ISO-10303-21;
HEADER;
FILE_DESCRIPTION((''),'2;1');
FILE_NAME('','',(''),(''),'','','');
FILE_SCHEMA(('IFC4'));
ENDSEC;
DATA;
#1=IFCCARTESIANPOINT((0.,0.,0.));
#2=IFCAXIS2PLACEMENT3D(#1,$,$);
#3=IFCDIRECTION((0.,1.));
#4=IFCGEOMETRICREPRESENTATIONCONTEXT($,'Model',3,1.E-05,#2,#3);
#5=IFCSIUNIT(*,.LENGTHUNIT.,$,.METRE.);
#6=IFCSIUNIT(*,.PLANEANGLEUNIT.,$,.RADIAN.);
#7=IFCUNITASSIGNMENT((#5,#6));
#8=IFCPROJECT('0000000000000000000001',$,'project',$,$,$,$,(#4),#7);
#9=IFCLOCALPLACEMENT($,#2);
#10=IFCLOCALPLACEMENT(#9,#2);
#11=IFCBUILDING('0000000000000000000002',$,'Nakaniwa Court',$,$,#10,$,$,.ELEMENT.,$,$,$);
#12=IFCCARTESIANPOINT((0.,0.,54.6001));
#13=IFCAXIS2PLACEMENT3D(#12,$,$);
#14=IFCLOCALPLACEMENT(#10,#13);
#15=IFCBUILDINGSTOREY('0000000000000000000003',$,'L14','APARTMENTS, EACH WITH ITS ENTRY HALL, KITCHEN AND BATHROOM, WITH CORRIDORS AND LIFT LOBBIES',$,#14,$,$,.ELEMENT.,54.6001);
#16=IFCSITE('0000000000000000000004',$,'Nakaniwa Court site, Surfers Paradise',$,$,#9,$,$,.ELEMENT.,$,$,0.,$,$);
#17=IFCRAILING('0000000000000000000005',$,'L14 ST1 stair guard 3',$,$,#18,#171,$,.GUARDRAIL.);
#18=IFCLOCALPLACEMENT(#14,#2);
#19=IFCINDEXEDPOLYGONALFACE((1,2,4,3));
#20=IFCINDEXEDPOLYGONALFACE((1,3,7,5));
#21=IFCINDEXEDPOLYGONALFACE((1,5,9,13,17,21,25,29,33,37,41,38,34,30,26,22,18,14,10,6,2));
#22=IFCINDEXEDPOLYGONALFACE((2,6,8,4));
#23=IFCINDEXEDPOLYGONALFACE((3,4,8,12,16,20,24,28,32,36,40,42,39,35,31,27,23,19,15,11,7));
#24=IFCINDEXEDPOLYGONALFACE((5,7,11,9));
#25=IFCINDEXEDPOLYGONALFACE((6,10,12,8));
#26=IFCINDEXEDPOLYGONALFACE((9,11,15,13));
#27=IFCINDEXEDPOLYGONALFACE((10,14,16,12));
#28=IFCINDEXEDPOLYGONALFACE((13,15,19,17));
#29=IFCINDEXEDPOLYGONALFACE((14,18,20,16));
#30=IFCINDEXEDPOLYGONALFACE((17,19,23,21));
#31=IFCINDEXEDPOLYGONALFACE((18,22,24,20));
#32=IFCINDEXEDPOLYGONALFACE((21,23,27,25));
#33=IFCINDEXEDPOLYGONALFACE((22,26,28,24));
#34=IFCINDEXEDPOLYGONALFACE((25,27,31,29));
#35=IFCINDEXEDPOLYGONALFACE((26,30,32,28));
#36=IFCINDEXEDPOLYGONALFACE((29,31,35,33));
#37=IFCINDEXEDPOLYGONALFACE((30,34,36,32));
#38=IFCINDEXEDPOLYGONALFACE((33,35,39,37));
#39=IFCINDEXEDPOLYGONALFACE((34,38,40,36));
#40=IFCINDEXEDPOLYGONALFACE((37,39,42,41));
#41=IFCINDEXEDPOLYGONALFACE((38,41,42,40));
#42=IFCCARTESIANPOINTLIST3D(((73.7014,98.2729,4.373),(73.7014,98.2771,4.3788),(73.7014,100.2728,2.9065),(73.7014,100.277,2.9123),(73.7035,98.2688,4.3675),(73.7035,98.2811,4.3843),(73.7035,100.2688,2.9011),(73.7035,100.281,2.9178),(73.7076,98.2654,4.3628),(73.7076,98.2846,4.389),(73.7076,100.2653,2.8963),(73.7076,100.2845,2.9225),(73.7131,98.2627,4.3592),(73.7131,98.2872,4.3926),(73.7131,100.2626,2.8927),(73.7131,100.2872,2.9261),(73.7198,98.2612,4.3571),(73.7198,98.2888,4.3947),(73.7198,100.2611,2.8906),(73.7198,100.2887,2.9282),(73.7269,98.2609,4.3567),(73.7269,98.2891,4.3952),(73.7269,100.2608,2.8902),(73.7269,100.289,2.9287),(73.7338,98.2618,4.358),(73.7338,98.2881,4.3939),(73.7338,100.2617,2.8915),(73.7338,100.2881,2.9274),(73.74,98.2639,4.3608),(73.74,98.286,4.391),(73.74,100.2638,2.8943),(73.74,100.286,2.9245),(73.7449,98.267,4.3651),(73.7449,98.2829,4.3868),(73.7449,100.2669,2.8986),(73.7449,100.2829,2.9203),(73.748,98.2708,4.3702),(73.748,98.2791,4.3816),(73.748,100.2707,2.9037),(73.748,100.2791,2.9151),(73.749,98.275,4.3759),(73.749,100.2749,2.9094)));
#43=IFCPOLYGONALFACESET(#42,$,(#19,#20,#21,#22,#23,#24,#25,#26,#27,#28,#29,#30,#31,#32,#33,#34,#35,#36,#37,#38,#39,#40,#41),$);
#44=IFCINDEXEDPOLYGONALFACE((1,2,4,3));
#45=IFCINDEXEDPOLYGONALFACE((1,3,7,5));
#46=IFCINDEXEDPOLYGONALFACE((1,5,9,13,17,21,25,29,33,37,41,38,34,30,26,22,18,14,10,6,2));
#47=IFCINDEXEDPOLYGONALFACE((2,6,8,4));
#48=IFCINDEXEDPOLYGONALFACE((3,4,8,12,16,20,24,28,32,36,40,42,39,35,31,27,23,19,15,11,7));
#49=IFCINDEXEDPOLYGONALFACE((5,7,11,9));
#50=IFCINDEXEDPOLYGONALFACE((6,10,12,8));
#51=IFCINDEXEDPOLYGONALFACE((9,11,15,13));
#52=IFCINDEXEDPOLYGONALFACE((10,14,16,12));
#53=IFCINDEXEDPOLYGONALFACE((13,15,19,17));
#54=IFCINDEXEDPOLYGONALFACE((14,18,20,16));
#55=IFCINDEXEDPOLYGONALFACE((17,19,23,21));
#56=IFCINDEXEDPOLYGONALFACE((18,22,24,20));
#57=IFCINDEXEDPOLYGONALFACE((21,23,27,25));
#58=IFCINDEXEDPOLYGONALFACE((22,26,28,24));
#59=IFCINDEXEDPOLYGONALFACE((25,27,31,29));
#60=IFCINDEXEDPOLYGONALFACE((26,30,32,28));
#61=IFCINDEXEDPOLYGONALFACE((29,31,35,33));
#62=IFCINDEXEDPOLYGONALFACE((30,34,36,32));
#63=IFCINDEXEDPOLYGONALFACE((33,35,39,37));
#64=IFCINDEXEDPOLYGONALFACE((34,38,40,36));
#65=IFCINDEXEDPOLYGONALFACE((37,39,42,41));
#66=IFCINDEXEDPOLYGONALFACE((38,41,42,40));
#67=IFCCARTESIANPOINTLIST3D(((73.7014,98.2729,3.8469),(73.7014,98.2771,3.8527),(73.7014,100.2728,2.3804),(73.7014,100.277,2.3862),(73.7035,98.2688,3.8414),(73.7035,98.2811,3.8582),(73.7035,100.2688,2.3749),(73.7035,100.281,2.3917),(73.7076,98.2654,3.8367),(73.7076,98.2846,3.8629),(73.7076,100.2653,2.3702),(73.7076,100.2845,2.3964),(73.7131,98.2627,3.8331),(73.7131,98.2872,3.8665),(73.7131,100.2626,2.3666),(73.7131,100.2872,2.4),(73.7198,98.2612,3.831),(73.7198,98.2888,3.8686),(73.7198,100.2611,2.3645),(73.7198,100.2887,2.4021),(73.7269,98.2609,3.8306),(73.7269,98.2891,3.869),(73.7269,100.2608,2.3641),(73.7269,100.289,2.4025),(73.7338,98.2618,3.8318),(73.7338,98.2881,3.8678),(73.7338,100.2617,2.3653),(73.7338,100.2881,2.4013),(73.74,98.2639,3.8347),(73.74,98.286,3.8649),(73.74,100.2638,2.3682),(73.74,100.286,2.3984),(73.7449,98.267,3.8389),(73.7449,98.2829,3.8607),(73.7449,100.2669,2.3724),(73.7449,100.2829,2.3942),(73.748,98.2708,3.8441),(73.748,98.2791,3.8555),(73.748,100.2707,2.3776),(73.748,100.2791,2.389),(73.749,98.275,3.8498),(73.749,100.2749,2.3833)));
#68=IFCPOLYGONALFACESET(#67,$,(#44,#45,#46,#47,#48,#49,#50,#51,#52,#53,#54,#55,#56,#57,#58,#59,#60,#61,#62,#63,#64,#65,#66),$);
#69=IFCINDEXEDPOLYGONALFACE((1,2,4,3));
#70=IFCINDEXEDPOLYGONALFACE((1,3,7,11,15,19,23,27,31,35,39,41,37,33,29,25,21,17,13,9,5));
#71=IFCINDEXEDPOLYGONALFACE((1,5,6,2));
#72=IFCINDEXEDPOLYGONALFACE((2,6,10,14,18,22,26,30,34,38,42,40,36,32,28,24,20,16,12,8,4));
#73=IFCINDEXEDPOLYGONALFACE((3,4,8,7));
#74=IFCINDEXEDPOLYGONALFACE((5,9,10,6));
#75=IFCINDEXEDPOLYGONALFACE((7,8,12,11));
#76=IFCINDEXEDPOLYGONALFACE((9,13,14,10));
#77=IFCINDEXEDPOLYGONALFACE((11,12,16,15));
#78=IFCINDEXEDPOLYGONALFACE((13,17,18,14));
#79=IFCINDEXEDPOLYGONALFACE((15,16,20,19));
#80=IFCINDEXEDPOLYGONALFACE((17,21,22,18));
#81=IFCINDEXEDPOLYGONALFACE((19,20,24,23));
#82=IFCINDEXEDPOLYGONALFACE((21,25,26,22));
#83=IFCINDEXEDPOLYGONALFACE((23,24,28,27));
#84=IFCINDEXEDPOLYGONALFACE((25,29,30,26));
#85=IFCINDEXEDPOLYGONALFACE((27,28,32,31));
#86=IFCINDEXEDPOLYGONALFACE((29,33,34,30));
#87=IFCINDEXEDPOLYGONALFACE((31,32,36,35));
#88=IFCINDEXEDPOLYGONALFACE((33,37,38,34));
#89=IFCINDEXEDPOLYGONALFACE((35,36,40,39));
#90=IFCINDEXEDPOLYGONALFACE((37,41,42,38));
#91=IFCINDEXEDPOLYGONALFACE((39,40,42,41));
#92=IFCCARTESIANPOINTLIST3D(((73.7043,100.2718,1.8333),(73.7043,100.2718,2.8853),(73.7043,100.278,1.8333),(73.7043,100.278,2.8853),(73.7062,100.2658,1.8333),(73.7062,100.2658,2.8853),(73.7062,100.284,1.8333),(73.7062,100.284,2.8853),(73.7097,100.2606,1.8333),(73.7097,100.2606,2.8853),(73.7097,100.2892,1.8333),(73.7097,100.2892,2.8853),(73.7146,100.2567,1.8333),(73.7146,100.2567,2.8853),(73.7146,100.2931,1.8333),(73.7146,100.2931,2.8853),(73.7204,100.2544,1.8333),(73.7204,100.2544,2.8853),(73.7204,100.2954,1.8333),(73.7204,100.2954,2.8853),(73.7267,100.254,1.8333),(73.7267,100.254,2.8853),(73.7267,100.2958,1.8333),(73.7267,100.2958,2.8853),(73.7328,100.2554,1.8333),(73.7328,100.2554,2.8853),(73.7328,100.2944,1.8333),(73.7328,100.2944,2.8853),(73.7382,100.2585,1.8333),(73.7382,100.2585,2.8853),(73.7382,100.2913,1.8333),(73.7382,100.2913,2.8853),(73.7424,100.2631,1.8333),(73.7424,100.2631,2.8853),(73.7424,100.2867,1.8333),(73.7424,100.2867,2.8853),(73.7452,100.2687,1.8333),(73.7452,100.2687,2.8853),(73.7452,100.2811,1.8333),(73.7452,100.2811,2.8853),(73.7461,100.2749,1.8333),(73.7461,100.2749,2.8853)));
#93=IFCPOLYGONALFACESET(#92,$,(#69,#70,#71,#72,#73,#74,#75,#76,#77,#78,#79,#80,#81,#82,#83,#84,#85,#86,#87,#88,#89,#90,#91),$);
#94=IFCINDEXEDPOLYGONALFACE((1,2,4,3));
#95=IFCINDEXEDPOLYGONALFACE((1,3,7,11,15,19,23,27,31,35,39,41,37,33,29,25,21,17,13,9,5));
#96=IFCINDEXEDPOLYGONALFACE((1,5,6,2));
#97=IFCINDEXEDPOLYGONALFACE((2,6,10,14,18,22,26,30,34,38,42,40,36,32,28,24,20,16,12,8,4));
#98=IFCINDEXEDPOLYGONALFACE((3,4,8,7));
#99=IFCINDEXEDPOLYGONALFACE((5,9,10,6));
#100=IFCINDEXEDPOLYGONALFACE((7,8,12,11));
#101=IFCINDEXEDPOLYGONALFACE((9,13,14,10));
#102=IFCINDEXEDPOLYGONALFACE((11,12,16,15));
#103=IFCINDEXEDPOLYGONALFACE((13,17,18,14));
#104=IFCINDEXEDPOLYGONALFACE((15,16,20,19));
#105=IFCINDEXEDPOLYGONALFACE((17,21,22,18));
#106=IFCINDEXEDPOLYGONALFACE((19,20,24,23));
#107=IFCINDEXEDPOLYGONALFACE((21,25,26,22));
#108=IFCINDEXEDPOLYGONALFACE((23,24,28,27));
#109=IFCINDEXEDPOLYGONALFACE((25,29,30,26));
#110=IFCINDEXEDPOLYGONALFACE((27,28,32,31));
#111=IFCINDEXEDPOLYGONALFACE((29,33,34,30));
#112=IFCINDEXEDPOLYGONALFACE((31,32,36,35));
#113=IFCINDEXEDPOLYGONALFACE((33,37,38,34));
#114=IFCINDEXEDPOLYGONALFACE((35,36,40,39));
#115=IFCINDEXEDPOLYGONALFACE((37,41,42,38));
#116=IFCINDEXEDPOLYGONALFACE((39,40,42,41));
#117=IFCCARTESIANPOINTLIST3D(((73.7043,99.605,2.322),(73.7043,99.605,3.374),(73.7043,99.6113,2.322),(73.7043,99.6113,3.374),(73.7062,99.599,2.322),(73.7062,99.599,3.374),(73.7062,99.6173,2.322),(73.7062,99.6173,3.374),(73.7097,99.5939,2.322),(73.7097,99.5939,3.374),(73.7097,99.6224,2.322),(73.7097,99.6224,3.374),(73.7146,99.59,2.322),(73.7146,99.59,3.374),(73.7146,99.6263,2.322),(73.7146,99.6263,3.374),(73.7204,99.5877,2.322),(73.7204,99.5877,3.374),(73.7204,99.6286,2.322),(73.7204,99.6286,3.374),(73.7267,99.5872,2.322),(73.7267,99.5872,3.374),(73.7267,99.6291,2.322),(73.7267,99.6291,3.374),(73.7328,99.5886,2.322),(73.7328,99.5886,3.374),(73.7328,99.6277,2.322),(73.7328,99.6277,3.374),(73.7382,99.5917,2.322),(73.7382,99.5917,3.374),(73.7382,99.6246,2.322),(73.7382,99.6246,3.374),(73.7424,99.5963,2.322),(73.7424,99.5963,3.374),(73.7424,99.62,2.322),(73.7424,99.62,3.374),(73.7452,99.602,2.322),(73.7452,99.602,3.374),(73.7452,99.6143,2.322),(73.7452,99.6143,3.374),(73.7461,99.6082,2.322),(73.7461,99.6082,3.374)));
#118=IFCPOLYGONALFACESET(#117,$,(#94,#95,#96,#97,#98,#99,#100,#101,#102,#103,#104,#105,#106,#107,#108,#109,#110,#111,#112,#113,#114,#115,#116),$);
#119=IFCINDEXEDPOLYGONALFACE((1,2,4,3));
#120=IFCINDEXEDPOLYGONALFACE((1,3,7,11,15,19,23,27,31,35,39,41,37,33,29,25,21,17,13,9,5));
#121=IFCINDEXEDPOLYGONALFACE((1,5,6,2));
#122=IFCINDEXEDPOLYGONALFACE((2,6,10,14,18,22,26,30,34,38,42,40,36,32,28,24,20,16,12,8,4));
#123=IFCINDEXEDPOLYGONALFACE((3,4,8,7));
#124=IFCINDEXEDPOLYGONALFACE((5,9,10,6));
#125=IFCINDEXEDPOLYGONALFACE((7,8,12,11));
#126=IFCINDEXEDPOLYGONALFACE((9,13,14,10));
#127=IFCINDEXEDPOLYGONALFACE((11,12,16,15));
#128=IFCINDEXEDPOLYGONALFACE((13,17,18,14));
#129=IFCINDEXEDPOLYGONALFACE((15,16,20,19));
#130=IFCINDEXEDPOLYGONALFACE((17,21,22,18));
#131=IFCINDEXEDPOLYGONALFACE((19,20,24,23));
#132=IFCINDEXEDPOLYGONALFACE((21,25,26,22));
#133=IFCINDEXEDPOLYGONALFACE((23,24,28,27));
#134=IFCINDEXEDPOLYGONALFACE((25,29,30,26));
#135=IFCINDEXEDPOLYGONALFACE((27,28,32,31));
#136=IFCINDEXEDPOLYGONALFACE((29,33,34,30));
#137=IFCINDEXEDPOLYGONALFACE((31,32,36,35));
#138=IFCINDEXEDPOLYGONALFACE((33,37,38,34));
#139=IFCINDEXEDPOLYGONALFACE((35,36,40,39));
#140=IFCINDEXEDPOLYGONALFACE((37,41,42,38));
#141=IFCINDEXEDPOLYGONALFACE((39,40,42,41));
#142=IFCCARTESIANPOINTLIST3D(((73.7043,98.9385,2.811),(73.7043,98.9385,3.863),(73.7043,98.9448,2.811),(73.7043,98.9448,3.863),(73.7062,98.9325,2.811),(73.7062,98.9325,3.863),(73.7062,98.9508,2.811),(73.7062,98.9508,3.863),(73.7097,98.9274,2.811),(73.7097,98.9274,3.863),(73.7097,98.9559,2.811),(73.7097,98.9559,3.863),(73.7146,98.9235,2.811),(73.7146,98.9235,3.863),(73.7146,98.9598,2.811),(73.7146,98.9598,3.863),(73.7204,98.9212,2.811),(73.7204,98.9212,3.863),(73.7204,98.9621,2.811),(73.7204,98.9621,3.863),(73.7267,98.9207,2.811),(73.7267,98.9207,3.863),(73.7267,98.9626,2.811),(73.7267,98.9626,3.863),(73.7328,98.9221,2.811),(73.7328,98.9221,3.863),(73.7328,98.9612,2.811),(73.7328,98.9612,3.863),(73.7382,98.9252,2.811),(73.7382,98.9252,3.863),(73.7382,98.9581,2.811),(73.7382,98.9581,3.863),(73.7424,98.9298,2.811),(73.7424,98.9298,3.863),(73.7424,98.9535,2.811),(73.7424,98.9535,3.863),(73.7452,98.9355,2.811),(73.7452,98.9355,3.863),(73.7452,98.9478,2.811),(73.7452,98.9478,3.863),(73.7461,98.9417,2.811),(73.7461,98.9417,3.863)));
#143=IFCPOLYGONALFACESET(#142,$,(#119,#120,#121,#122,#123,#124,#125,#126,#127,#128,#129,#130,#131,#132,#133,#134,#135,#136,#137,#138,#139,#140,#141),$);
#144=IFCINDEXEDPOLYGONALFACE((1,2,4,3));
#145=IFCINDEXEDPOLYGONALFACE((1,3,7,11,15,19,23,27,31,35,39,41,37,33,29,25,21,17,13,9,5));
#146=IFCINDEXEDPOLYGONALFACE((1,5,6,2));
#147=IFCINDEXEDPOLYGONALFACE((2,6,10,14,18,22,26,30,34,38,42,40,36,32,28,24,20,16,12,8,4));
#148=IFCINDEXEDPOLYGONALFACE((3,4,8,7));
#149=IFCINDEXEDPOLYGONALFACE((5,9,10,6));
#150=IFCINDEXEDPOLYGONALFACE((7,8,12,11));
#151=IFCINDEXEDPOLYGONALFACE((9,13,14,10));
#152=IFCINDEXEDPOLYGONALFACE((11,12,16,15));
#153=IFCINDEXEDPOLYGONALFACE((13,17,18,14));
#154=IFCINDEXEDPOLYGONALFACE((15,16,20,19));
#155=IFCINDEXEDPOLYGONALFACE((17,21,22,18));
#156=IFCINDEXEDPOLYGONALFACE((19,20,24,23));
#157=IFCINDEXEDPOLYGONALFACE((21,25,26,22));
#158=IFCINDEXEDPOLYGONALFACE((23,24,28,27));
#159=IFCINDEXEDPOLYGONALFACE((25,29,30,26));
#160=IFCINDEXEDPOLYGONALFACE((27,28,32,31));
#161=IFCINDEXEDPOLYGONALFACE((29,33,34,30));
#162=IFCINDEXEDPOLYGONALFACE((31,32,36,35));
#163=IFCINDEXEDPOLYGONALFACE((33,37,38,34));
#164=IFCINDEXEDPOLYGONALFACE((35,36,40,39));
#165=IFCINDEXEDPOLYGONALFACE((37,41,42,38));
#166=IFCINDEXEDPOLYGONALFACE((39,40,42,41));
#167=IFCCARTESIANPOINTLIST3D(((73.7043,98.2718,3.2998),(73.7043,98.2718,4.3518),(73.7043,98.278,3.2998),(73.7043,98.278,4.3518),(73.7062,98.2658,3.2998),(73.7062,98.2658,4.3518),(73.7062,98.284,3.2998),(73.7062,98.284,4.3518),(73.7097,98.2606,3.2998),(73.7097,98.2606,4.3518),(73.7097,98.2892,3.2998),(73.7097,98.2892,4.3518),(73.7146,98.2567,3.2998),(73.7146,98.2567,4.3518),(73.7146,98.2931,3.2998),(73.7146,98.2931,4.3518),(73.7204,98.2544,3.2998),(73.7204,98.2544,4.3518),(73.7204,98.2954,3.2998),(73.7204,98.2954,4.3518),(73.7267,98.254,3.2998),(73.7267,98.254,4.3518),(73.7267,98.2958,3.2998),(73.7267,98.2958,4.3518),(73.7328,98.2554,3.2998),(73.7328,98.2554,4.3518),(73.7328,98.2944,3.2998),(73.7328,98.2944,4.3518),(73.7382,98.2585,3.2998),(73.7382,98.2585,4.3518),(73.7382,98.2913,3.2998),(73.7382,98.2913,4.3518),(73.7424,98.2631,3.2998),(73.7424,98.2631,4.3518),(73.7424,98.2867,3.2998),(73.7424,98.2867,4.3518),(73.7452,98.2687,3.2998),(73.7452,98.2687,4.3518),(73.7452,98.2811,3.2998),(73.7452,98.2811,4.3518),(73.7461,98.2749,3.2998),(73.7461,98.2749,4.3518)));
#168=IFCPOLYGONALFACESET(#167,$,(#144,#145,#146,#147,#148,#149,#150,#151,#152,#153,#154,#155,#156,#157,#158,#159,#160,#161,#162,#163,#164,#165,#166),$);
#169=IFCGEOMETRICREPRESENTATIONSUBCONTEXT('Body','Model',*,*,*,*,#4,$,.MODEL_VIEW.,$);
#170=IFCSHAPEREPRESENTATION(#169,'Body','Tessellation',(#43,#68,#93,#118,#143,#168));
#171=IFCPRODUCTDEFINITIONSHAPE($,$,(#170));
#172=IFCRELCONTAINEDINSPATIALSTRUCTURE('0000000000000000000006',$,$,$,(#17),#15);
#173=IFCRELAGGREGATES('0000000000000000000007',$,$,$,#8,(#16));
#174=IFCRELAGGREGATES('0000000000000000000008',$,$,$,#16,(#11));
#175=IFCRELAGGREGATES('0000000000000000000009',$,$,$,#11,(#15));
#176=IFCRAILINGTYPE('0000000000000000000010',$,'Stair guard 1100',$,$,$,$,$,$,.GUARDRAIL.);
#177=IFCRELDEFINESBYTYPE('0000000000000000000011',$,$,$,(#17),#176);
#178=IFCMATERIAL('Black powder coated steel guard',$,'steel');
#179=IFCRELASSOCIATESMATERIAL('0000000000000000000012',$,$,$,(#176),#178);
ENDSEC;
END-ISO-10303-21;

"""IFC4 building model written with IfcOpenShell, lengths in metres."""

from ifc_helpers import new_model, si_unit, direction, frame, origin, origin_2d, place, context, subcontext, project, spatial, circle, extrude, material, type_object, element, save


model = new_model("IFC4")

# Units and contexts
model_context = context("Model", 3, precision=1e-05, world=origin(), true_north=direction((0.0, 1.0)))
body_context = subcontext(model_context, "Body", "Model", "MODEL_VIEW")
ifc_project = project(units=[si_unit("LENGTHUNIT", "METRE"), si_unit("PLANEANGLEUNIT", "RADIAN")], contexts=[model_context])

# Site, building, storey
site_placement = place(None, origin())
site = spatial("IfcSite", under=ifc_project, at=site_placement, Name="Nakaniwa Court site, Surfers Paradise", CompositionType="ELEMENT", RefElevation=0.0)
building_placement = place(site_placement, origin())
building = spatial("IfcBuilding", under=site, at=building_placement, Name="Nakaniwa Court", CompositionType="ELEMENT")
storey_placement = place(building_placement, frame((0.0, 0.0, 54.6001)))
storey = spatial("IfcBuildingStorey", under=building, at=storey_placement, Name="L14", Description="APARTMENTS, EACH WITH ITS ENTRY HALL, KITCHEN AND BATHROOM, WITH CORRIDORS AND LIFT LOBBIES", CompositionType="ELEMENT", Elevation=54.6001)

# Railing
ifc_material_1 = material(Name="Black powder coated steel guard", Category="steel")
railing_type_1 = type_object("IfcRailingType", Name="Stair guard 1100", PredefinedType="GUARDRAIL", material=ifc_material_1)
railing_1_placement = place(storey_placement, frame((73.7251, 100.2749, 1.8333)))
element("IfcRailing", 1, at=railing_1_placement, inside=storey, type_object=railing_type_1, Name="L14 ST1 stair guard 3", PredefinedType="GUARDRAIL", context=body_context, shape_type="SweptSolid", body=[
    extrude(circle(Radius=0.0239, at=origin_2d()), frame((0.0, 0.0, 1.0762), z_axis=(0.0, -0.806427, 0.591334), x_axis=(1.0, 0.0, 0.0)), (0.0, 0.0, 1.0), 2.48),
    extrude(circle(Radius=0.0239, at=origin_2d()), frame((0.0, 0.0, 0.55), z_axis=(0.0, -0.806427, 0.591334), x_axis=(1.0, 0.0, 0.0)), (0.0, 0.0, 1.0), 2.48),
    extrude(circle(Radius=0.021, at=origin_2d()), origin(), (0.0, 0.0, 1.0), 1.052),
    extrude(circle(Radius=0.021, at=origin_2d()), frame((0.0, -0.6667, 0.4888)), (0.0, 0.0, 1.0), 1.052),
    extrude(circle(Radius=0.021, at=origin_2d()), frame((0.0, -1.3333, 0.9778)), (0.0, 0.0, 1.0), 1.052),
    extrude(circle(Radius=0.021, at=origin_2d()), frame((0.0, -2.0, 1.4666)), (0.0, 0.0, 1.0), 1.052),
])

save(model, "model.ifc")
